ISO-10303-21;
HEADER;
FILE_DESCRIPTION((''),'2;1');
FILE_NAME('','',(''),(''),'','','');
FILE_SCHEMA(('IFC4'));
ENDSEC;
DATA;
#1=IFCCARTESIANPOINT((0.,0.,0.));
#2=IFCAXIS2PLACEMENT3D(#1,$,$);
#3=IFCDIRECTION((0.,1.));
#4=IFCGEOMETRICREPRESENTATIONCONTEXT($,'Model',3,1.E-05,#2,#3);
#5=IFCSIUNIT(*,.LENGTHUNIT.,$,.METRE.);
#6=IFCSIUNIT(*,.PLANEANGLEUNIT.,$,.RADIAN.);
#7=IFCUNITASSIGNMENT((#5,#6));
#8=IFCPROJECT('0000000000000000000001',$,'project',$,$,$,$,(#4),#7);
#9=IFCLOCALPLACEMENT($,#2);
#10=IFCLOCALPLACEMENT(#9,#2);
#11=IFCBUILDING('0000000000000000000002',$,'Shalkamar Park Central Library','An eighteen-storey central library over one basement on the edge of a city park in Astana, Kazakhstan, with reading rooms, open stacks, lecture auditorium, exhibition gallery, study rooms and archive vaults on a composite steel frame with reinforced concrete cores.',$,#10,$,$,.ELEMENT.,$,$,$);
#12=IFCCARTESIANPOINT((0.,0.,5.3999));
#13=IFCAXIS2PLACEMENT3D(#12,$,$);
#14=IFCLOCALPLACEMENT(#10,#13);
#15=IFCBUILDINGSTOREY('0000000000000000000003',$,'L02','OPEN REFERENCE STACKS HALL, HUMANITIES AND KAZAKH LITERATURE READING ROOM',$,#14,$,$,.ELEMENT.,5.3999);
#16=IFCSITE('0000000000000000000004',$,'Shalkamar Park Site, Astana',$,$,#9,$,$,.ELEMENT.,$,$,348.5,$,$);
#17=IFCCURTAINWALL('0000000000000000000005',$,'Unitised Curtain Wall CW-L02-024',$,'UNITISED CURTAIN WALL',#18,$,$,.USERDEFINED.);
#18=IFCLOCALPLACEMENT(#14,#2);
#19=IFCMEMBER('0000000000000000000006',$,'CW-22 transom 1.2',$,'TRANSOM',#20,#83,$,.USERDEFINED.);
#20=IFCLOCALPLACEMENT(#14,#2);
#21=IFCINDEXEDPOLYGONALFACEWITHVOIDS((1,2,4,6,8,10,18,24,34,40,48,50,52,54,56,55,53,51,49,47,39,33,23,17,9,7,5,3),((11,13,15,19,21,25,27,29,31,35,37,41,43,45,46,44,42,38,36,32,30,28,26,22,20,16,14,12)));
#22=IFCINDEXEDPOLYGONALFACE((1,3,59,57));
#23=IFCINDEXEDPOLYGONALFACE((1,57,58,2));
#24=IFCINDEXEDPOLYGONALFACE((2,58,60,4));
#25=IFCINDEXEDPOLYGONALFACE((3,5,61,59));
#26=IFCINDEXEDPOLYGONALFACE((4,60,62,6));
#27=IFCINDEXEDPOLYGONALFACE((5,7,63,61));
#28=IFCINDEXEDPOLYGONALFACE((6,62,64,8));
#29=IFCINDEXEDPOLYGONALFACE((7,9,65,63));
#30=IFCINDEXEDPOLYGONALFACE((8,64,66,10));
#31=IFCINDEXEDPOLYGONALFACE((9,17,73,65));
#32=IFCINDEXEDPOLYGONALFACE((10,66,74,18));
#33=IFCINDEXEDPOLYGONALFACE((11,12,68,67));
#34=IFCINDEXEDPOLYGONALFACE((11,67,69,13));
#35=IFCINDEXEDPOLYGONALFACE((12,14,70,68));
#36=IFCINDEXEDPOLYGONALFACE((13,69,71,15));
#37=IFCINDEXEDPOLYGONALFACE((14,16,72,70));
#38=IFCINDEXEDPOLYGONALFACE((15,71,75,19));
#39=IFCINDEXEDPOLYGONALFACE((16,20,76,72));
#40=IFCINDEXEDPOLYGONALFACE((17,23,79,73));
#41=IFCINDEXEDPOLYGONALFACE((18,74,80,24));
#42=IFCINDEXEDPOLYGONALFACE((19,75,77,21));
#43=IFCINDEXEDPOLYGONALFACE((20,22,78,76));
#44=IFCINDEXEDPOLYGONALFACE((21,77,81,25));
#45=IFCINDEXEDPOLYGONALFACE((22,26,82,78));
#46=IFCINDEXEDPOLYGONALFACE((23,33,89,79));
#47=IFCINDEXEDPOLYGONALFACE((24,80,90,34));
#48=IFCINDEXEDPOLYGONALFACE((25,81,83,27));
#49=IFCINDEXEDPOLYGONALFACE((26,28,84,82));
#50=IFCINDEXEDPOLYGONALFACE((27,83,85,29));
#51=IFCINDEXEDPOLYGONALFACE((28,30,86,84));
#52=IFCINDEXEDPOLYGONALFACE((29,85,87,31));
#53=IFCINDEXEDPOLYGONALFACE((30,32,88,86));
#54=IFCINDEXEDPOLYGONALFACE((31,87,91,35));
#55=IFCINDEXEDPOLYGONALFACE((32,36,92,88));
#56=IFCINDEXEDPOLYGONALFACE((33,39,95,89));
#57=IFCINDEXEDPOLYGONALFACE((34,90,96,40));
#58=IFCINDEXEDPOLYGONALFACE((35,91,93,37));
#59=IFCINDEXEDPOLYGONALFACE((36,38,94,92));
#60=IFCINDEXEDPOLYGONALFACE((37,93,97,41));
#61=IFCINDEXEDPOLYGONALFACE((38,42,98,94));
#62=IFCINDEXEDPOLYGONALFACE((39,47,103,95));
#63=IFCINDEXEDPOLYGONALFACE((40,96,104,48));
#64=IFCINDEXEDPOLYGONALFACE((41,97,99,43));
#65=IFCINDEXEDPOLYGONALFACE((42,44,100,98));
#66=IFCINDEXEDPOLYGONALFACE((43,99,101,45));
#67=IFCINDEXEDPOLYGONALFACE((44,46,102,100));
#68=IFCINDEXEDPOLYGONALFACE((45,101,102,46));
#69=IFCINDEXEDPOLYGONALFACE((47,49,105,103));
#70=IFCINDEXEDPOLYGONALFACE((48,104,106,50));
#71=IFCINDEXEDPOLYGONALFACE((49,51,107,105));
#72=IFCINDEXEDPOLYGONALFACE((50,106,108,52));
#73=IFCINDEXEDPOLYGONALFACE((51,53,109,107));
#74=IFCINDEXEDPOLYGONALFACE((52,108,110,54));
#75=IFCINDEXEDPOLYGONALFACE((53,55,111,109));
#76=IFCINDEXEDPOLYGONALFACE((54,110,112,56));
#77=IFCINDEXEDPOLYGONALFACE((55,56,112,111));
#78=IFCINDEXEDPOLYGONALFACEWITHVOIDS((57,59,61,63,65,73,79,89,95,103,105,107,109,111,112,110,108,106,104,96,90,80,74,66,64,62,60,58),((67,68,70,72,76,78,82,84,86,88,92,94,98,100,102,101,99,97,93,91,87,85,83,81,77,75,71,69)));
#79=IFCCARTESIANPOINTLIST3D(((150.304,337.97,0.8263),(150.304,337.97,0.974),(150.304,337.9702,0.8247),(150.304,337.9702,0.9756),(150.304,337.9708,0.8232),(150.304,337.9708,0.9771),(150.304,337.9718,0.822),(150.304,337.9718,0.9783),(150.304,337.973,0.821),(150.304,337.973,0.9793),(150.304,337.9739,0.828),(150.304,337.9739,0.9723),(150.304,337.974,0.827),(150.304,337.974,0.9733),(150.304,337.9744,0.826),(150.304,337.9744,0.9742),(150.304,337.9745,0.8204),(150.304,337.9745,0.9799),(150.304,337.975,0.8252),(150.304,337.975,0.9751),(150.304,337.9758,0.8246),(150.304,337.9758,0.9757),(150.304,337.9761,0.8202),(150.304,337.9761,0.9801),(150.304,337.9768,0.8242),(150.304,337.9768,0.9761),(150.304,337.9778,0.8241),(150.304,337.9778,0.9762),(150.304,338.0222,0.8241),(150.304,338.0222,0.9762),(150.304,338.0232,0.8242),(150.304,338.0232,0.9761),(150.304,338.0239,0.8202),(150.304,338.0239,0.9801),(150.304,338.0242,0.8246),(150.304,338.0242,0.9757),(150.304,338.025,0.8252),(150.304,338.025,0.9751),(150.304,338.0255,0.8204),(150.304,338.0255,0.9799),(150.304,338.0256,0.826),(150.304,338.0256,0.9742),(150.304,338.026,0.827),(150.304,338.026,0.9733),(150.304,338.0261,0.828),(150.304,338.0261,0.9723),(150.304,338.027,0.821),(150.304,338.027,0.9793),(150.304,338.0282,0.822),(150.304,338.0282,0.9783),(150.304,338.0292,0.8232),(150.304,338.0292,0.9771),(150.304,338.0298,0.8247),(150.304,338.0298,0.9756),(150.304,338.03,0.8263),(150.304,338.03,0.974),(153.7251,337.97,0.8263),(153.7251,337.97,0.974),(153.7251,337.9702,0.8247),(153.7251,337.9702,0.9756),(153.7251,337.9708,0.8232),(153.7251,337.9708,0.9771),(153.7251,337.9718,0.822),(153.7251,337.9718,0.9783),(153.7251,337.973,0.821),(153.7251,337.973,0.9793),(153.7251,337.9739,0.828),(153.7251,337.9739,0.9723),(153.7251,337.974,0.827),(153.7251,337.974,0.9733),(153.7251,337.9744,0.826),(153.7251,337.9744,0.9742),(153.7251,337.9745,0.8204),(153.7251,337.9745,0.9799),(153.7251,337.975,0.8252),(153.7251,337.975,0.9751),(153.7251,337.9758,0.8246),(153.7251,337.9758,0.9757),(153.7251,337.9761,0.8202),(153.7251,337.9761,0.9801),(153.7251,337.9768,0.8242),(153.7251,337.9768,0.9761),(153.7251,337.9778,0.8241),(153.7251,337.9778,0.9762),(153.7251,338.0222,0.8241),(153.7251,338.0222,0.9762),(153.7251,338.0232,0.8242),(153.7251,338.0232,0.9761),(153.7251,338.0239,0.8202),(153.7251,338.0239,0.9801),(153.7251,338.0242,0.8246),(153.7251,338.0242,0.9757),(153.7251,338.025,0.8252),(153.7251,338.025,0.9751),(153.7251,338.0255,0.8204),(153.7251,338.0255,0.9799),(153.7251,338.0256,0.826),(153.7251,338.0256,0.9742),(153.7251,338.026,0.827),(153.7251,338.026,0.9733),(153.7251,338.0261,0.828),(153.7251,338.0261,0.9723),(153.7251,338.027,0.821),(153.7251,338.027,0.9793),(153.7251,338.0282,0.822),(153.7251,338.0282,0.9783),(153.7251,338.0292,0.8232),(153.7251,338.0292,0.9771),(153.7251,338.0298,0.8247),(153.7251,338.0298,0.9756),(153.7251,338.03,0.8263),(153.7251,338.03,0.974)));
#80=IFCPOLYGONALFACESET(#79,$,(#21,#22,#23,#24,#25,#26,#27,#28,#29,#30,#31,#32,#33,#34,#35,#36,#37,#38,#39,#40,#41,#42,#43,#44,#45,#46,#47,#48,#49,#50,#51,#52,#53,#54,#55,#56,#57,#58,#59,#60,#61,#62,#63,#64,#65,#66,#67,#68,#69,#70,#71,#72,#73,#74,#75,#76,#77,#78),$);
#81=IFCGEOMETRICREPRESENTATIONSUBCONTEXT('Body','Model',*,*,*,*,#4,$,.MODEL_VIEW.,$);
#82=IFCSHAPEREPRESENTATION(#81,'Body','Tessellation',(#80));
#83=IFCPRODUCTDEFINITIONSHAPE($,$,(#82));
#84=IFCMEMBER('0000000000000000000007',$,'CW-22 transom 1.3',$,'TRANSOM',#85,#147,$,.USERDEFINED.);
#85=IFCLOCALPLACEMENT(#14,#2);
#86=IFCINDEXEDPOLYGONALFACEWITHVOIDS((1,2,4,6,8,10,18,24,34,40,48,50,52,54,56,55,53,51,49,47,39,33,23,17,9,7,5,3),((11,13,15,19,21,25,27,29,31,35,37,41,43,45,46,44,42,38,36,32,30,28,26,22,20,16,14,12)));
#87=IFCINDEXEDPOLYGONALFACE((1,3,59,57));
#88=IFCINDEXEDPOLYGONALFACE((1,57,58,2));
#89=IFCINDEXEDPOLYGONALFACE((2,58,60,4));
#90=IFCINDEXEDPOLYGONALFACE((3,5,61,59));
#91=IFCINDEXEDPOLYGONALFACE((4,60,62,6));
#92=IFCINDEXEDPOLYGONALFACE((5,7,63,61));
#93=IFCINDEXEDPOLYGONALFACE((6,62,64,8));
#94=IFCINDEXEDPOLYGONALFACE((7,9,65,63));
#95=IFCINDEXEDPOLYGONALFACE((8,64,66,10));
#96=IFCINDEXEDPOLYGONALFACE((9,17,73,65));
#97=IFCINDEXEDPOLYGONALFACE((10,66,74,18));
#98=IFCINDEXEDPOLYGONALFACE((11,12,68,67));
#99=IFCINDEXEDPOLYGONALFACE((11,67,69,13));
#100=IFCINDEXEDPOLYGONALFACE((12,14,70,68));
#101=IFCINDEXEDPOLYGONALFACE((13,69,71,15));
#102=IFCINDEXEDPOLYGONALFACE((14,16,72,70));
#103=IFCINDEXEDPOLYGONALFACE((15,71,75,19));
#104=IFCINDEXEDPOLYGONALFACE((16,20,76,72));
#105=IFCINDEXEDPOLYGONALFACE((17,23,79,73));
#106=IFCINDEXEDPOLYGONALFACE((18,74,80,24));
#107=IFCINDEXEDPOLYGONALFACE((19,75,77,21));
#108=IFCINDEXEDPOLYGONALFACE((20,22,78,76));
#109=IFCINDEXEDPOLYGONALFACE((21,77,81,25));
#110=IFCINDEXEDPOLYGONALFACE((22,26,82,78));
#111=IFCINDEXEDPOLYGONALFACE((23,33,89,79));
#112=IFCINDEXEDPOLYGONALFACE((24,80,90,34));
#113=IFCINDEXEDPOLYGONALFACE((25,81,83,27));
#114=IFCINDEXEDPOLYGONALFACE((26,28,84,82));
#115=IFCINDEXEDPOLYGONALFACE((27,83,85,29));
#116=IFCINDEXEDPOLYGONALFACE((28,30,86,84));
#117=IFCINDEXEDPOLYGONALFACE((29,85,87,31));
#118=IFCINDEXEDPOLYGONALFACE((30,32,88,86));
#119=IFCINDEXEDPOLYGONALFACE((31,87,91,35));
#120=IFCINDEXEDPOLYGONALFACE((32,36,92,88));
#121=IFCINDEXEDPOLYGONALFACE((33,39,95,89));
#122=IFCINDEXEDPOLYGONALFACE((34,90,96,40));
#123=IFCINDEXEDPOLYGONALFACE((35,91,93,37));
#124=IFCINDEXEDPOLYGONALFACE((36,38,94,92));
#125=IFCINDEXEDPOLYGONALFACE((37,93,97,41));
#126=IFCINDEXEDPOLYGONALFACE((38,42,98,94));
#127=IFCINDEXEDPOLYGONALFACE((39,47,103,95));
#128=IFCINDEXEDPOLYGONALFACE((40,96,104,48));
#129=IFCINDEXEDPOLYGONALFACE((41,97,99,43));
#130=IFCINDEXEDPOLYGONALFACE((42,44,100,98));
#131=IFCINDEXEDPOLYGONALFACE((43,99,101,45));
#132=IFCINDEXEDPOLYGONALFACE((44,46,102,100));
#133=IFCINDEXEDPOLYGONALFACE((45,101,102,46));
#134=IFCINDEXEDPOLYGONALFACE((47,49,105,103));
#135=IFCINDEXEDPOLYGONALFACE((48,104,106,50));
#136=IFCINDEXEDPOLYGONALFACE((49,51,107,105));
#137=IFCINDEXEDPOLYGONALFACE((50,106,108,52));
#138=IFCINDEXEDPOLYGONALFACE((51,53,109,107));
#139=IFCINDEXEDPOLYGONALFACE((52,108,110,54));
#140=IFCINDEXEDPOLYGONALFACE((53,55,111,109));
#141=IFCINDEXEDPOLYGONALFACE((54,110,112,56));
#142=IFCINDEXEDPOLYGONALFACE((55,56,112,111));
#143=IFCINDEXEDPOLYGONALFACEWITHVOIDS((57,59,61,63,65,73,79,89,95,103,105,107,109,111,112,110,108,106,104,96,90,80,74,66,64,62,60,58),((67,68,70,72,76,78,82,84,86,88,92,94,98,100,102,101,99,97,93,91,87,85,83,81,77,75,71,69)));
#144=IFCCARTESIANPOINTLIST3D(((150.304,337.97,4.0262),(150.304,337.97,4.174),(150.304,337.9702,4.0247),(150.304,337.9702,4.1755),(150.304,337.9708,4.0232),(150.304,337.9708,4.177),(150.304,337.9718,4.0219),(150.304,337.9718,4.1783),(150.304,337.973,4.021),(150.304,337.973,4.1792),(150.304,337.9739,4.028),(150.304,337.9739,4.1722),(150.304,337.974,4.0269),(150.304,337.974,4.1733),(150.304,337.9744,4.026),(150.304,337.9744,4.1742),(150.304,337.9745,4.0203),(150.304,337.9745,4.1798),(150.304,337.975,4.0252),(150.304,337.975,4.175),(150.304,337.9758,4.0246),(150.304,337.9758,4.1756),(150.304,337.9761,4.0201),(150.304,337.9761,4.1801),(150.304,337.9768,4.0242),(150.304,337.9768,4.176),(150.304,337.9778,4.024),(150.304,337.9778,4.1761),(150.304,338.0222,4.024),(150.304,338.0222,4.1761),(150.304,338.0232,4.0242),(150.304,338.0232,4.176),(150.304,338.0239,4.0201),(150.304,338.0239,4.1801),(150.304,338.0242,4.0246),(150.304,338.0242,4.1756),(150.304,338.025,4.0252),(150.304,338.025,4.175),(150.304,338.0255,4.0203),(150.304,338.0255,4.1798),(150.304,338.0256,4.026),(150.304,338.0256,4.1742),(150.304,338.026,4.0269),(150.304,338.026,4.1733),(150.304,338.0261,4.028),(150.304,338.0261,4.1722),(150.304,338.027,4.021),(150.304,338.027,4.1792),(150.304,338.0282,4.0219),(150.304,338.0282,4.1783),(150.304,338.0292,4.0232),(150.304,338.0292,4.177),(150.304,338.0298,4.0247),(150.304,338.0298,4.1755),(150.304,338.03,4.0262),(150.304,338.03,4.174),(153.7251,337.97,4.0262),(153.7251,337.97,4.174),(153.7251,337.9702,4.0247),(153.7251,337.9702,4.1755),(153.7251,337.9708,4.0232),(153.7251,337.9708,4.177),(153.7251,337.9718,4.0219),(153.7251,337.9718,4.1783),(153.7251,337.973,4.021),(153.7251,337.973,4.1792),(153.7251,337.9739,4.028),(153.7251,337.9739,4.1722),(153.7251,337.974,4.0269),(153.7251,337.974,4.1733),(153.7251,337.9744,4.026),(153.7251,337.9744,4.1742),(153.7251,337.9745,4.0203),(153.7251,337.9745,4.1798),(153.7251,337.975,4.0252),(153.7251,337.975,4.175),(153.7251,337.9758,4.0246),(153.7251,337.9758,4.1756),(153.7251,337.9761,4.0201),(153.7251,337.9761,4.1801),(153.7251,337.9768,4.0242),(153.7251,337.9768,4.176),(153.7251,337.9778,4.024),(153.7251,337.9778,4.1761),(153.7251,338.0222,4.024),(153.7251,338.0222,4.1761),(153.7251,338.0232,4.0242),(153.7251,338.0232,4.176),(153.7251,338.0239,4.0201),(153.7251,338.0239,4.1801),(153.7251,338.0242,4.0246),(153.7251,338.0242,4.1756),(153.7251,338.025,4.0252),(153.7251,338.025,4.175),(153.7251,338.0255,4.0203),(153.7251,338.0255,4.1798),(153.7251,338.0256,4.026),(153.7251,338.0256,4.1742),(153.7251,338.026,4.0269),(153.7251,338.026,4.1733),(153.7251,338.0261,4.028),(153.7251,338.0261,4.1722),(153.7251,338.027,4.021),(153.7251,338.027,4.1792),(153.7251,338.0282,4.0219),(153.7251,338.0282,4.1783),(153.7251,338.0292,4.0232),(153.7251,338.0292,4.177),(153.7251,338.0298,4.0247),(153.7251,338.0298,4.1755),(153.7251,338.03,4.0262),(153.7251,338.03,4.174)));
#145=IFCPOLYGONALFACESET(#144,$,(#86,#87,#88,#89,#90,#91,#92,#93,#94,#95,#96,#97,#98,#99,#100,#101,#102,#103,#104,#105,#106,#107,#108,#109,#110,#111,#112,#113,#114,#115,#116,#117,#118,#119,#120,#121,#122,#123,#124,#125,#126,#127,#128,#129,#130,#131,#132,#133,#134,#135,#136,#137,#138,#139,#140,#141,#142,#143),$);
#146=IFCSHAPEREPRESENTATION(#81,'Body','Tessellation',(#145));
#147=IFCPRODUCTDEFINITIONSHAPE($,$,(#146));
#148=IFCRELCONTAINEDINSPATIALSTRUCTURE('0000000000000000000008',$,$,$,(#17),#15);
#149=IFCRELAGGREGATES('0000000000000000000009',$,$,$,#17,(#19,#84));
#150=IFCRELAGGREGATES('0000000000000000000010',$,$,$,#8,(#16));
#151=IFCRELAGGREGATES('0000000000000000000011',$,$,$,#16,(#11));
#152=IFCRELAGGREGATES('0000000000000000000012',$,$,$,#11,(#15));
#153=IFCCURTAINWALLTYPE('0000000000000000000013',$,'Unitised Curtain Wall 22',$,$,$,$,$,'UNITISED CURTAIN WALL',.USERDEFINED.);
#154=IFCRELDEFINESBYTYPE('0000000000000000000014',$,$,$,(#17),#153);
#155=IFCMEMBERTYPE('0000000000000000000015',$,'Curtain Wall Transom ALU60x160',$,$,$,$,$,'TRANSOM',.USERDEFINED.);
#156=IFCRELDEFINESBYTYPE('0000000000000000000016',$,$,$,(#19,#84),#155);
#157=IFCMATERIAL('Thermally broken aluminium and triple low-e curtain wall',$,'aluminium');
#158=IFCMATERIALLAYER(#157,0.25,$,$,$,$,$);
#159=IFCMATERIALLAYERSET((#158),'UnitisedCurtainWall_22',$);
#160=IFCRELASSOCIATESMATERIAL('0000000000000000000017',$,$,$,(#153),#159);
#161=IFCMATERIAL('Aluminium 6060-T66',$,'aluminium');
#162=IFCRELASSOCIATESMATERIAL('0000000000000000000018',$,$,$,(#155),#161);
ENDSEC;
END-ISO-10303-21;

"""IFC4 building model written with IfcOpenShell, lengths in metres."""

from ifc_helpers import new_model, si_unit, direction, frame, origin, origin_2d, place, context, subcontext, project, spatial, hollow_rectangle, extrude, material, layer, layer_set, material_profile, profile_set, type_object, element, aggregate, save


model = new_model("IFC4")

# Units and contexts
model_context = context("Model", 3, precision=1e-05, world=origin(), true_north=direction((0.0, 1.0)))
body_context = subcontext(model_context, "Body", "Model", "MODEL_VIEW")
ifc_project = project(units=[si_unit("LENGTHUNIT", "METRE"), si_unit("PLANEANGLEUNIT", "RADIAN")], contexts=[model_context])

# Site, building, storey
site_placement = place(None, origin())
site = spatial("IfcSite", under=ifc_project, at=site_placement, Name="Shalkamar Park Site, Astana", CompositionType="ELEMENT", RefElevation=348.5)
building_placement = place(site_placement, origin())
building = spatial("IfcBuilding", under=site, at=building_placement, Name="Shalkamar Park Central Library", Description="An eighteen-storey central library over one basement on the edge of a city park in Astana, Kazakhstan, with reading rooms, open stacks, lecture auditorium, exhibition gallery, study rooms and archive vaults on a composite steel frame with reinforced concrete cores.", CompositionType="ELEMENT")
storey_placement = place(building_placement, frame((0.0, 0.0, 5.3999)))
storey = spatial("IfcBuildingStorey", under=building, at=storey_placement, Name="L02", Description="OPEN REFERENCE STACKS HALL, HUMANITIES AND KAZAKH LITERATURE READING ROOM", CompositionType="ELEMENT", Elevation=5.3999)

# Curtain wall
ifc_material_1 = material(Name="Thermally broken aluminium and triple low-e curtain wall", Category="aluminium")
ifc_layer_1 = layer(ifc_material_1, 0.25)
ifc_layer_set_1 = layer_set([ifc_layer_1], Name="UnitisedCurtainWall_22")
curtain_wall_type_1 = type_object("IfcCurtainWallType", Name="Unitised Curtain Wall 22", ElementType="UNITISED CURTAIN WALL", PredefinedType="USERDEFINED", material=ifc_layer_set_1)
curtain_wall_1_placement = place(storey_placement, origin())
curtain_wall_1 = element("IfcCurtainWall", 1, at=curtain_wall_1_placement, inside=storey, type_object=curtain_wall_type_1, Name="Unitised Curtain Wall CW-L02-024", ObjectType="UNITISED CURTAIN WALL", PredefinedType="USERDEFINED")
ifc_material_2 = material(Name="Aluminium 6060-T66", Category="aluminium")

# Members
ifc_material_profile_1 = material_profile(ifc_material_2, hollow_rectangle(XDim=0.0601, YDim=0.1599, WallThickness=0.0039, InnerFilletRadius=0.0039, OuterFilletRadius=0.0061, at=origin_2d()), Name="ALU 60x160x4")
ifc_profile_set_1 = profile_set([ifc_material_profile_1], Name="Aluminium 6060-T66")
member_type_1 = type_object("IfcMemberType", Name="Curtain Wall Transom ALU60x160", ElementType="TRANSOM", PredefinedType="USERDEFINED", material=ifc_profile_set_1)
member_1_placement = place(storey_placement, frame((150.304, 338.0, 0.9001), z_axis=(1.0, 0.0, 0.0), x_axis=(0.0, 1.0, 0.0)))
member_1 = element("IfcMember", 2, at=member_1_placement, type_object=member_type_1, Name="CW-22 transom 1.2", ObjectType="TRANSOM", PredefinedType="USERDEFINED", context=body_context, shape_type="SweptSolid", body=[
    extrude(hollow_rectangle(XDim=0.0601, YDim=0.1599, WallThickness=0.0039, InnerFilletRadius=0.0039, OuterFilletRadius=0.0061, at=origin_2d()), origin(), (0.0, 0.0, 1.0), 3.4211),
])
member_2_placement = place(storey_placement, frame((150.304, 338.0, 4.1001), z_axis=(1.0, 0.0, 0.0), x_axis=(0.0, 1.0, 0.0)))
member_2 = element("IfcMember", 3, at=member_2_placement, type_object=member_type_1, Name="CW-22 transom 1.3", ObjectType="TRANSOM", PredefinedType="USERDEFINED", context=body_context, shape_type="SweptSolid", body=[
    extrude(hollow_rectangle(XDim=0.0601, YDim=0.1599, WallThickness=0.0039, InnerFilletRadius=0.0039, OuterFilletRadius=0.0061, at=origin_2d()), origin(), (0.0, 0.0, 1.0), 3.4211),
])

aggregate(curtain_wall_1, [member_1, member_2])

save(model, "model.ifc")
